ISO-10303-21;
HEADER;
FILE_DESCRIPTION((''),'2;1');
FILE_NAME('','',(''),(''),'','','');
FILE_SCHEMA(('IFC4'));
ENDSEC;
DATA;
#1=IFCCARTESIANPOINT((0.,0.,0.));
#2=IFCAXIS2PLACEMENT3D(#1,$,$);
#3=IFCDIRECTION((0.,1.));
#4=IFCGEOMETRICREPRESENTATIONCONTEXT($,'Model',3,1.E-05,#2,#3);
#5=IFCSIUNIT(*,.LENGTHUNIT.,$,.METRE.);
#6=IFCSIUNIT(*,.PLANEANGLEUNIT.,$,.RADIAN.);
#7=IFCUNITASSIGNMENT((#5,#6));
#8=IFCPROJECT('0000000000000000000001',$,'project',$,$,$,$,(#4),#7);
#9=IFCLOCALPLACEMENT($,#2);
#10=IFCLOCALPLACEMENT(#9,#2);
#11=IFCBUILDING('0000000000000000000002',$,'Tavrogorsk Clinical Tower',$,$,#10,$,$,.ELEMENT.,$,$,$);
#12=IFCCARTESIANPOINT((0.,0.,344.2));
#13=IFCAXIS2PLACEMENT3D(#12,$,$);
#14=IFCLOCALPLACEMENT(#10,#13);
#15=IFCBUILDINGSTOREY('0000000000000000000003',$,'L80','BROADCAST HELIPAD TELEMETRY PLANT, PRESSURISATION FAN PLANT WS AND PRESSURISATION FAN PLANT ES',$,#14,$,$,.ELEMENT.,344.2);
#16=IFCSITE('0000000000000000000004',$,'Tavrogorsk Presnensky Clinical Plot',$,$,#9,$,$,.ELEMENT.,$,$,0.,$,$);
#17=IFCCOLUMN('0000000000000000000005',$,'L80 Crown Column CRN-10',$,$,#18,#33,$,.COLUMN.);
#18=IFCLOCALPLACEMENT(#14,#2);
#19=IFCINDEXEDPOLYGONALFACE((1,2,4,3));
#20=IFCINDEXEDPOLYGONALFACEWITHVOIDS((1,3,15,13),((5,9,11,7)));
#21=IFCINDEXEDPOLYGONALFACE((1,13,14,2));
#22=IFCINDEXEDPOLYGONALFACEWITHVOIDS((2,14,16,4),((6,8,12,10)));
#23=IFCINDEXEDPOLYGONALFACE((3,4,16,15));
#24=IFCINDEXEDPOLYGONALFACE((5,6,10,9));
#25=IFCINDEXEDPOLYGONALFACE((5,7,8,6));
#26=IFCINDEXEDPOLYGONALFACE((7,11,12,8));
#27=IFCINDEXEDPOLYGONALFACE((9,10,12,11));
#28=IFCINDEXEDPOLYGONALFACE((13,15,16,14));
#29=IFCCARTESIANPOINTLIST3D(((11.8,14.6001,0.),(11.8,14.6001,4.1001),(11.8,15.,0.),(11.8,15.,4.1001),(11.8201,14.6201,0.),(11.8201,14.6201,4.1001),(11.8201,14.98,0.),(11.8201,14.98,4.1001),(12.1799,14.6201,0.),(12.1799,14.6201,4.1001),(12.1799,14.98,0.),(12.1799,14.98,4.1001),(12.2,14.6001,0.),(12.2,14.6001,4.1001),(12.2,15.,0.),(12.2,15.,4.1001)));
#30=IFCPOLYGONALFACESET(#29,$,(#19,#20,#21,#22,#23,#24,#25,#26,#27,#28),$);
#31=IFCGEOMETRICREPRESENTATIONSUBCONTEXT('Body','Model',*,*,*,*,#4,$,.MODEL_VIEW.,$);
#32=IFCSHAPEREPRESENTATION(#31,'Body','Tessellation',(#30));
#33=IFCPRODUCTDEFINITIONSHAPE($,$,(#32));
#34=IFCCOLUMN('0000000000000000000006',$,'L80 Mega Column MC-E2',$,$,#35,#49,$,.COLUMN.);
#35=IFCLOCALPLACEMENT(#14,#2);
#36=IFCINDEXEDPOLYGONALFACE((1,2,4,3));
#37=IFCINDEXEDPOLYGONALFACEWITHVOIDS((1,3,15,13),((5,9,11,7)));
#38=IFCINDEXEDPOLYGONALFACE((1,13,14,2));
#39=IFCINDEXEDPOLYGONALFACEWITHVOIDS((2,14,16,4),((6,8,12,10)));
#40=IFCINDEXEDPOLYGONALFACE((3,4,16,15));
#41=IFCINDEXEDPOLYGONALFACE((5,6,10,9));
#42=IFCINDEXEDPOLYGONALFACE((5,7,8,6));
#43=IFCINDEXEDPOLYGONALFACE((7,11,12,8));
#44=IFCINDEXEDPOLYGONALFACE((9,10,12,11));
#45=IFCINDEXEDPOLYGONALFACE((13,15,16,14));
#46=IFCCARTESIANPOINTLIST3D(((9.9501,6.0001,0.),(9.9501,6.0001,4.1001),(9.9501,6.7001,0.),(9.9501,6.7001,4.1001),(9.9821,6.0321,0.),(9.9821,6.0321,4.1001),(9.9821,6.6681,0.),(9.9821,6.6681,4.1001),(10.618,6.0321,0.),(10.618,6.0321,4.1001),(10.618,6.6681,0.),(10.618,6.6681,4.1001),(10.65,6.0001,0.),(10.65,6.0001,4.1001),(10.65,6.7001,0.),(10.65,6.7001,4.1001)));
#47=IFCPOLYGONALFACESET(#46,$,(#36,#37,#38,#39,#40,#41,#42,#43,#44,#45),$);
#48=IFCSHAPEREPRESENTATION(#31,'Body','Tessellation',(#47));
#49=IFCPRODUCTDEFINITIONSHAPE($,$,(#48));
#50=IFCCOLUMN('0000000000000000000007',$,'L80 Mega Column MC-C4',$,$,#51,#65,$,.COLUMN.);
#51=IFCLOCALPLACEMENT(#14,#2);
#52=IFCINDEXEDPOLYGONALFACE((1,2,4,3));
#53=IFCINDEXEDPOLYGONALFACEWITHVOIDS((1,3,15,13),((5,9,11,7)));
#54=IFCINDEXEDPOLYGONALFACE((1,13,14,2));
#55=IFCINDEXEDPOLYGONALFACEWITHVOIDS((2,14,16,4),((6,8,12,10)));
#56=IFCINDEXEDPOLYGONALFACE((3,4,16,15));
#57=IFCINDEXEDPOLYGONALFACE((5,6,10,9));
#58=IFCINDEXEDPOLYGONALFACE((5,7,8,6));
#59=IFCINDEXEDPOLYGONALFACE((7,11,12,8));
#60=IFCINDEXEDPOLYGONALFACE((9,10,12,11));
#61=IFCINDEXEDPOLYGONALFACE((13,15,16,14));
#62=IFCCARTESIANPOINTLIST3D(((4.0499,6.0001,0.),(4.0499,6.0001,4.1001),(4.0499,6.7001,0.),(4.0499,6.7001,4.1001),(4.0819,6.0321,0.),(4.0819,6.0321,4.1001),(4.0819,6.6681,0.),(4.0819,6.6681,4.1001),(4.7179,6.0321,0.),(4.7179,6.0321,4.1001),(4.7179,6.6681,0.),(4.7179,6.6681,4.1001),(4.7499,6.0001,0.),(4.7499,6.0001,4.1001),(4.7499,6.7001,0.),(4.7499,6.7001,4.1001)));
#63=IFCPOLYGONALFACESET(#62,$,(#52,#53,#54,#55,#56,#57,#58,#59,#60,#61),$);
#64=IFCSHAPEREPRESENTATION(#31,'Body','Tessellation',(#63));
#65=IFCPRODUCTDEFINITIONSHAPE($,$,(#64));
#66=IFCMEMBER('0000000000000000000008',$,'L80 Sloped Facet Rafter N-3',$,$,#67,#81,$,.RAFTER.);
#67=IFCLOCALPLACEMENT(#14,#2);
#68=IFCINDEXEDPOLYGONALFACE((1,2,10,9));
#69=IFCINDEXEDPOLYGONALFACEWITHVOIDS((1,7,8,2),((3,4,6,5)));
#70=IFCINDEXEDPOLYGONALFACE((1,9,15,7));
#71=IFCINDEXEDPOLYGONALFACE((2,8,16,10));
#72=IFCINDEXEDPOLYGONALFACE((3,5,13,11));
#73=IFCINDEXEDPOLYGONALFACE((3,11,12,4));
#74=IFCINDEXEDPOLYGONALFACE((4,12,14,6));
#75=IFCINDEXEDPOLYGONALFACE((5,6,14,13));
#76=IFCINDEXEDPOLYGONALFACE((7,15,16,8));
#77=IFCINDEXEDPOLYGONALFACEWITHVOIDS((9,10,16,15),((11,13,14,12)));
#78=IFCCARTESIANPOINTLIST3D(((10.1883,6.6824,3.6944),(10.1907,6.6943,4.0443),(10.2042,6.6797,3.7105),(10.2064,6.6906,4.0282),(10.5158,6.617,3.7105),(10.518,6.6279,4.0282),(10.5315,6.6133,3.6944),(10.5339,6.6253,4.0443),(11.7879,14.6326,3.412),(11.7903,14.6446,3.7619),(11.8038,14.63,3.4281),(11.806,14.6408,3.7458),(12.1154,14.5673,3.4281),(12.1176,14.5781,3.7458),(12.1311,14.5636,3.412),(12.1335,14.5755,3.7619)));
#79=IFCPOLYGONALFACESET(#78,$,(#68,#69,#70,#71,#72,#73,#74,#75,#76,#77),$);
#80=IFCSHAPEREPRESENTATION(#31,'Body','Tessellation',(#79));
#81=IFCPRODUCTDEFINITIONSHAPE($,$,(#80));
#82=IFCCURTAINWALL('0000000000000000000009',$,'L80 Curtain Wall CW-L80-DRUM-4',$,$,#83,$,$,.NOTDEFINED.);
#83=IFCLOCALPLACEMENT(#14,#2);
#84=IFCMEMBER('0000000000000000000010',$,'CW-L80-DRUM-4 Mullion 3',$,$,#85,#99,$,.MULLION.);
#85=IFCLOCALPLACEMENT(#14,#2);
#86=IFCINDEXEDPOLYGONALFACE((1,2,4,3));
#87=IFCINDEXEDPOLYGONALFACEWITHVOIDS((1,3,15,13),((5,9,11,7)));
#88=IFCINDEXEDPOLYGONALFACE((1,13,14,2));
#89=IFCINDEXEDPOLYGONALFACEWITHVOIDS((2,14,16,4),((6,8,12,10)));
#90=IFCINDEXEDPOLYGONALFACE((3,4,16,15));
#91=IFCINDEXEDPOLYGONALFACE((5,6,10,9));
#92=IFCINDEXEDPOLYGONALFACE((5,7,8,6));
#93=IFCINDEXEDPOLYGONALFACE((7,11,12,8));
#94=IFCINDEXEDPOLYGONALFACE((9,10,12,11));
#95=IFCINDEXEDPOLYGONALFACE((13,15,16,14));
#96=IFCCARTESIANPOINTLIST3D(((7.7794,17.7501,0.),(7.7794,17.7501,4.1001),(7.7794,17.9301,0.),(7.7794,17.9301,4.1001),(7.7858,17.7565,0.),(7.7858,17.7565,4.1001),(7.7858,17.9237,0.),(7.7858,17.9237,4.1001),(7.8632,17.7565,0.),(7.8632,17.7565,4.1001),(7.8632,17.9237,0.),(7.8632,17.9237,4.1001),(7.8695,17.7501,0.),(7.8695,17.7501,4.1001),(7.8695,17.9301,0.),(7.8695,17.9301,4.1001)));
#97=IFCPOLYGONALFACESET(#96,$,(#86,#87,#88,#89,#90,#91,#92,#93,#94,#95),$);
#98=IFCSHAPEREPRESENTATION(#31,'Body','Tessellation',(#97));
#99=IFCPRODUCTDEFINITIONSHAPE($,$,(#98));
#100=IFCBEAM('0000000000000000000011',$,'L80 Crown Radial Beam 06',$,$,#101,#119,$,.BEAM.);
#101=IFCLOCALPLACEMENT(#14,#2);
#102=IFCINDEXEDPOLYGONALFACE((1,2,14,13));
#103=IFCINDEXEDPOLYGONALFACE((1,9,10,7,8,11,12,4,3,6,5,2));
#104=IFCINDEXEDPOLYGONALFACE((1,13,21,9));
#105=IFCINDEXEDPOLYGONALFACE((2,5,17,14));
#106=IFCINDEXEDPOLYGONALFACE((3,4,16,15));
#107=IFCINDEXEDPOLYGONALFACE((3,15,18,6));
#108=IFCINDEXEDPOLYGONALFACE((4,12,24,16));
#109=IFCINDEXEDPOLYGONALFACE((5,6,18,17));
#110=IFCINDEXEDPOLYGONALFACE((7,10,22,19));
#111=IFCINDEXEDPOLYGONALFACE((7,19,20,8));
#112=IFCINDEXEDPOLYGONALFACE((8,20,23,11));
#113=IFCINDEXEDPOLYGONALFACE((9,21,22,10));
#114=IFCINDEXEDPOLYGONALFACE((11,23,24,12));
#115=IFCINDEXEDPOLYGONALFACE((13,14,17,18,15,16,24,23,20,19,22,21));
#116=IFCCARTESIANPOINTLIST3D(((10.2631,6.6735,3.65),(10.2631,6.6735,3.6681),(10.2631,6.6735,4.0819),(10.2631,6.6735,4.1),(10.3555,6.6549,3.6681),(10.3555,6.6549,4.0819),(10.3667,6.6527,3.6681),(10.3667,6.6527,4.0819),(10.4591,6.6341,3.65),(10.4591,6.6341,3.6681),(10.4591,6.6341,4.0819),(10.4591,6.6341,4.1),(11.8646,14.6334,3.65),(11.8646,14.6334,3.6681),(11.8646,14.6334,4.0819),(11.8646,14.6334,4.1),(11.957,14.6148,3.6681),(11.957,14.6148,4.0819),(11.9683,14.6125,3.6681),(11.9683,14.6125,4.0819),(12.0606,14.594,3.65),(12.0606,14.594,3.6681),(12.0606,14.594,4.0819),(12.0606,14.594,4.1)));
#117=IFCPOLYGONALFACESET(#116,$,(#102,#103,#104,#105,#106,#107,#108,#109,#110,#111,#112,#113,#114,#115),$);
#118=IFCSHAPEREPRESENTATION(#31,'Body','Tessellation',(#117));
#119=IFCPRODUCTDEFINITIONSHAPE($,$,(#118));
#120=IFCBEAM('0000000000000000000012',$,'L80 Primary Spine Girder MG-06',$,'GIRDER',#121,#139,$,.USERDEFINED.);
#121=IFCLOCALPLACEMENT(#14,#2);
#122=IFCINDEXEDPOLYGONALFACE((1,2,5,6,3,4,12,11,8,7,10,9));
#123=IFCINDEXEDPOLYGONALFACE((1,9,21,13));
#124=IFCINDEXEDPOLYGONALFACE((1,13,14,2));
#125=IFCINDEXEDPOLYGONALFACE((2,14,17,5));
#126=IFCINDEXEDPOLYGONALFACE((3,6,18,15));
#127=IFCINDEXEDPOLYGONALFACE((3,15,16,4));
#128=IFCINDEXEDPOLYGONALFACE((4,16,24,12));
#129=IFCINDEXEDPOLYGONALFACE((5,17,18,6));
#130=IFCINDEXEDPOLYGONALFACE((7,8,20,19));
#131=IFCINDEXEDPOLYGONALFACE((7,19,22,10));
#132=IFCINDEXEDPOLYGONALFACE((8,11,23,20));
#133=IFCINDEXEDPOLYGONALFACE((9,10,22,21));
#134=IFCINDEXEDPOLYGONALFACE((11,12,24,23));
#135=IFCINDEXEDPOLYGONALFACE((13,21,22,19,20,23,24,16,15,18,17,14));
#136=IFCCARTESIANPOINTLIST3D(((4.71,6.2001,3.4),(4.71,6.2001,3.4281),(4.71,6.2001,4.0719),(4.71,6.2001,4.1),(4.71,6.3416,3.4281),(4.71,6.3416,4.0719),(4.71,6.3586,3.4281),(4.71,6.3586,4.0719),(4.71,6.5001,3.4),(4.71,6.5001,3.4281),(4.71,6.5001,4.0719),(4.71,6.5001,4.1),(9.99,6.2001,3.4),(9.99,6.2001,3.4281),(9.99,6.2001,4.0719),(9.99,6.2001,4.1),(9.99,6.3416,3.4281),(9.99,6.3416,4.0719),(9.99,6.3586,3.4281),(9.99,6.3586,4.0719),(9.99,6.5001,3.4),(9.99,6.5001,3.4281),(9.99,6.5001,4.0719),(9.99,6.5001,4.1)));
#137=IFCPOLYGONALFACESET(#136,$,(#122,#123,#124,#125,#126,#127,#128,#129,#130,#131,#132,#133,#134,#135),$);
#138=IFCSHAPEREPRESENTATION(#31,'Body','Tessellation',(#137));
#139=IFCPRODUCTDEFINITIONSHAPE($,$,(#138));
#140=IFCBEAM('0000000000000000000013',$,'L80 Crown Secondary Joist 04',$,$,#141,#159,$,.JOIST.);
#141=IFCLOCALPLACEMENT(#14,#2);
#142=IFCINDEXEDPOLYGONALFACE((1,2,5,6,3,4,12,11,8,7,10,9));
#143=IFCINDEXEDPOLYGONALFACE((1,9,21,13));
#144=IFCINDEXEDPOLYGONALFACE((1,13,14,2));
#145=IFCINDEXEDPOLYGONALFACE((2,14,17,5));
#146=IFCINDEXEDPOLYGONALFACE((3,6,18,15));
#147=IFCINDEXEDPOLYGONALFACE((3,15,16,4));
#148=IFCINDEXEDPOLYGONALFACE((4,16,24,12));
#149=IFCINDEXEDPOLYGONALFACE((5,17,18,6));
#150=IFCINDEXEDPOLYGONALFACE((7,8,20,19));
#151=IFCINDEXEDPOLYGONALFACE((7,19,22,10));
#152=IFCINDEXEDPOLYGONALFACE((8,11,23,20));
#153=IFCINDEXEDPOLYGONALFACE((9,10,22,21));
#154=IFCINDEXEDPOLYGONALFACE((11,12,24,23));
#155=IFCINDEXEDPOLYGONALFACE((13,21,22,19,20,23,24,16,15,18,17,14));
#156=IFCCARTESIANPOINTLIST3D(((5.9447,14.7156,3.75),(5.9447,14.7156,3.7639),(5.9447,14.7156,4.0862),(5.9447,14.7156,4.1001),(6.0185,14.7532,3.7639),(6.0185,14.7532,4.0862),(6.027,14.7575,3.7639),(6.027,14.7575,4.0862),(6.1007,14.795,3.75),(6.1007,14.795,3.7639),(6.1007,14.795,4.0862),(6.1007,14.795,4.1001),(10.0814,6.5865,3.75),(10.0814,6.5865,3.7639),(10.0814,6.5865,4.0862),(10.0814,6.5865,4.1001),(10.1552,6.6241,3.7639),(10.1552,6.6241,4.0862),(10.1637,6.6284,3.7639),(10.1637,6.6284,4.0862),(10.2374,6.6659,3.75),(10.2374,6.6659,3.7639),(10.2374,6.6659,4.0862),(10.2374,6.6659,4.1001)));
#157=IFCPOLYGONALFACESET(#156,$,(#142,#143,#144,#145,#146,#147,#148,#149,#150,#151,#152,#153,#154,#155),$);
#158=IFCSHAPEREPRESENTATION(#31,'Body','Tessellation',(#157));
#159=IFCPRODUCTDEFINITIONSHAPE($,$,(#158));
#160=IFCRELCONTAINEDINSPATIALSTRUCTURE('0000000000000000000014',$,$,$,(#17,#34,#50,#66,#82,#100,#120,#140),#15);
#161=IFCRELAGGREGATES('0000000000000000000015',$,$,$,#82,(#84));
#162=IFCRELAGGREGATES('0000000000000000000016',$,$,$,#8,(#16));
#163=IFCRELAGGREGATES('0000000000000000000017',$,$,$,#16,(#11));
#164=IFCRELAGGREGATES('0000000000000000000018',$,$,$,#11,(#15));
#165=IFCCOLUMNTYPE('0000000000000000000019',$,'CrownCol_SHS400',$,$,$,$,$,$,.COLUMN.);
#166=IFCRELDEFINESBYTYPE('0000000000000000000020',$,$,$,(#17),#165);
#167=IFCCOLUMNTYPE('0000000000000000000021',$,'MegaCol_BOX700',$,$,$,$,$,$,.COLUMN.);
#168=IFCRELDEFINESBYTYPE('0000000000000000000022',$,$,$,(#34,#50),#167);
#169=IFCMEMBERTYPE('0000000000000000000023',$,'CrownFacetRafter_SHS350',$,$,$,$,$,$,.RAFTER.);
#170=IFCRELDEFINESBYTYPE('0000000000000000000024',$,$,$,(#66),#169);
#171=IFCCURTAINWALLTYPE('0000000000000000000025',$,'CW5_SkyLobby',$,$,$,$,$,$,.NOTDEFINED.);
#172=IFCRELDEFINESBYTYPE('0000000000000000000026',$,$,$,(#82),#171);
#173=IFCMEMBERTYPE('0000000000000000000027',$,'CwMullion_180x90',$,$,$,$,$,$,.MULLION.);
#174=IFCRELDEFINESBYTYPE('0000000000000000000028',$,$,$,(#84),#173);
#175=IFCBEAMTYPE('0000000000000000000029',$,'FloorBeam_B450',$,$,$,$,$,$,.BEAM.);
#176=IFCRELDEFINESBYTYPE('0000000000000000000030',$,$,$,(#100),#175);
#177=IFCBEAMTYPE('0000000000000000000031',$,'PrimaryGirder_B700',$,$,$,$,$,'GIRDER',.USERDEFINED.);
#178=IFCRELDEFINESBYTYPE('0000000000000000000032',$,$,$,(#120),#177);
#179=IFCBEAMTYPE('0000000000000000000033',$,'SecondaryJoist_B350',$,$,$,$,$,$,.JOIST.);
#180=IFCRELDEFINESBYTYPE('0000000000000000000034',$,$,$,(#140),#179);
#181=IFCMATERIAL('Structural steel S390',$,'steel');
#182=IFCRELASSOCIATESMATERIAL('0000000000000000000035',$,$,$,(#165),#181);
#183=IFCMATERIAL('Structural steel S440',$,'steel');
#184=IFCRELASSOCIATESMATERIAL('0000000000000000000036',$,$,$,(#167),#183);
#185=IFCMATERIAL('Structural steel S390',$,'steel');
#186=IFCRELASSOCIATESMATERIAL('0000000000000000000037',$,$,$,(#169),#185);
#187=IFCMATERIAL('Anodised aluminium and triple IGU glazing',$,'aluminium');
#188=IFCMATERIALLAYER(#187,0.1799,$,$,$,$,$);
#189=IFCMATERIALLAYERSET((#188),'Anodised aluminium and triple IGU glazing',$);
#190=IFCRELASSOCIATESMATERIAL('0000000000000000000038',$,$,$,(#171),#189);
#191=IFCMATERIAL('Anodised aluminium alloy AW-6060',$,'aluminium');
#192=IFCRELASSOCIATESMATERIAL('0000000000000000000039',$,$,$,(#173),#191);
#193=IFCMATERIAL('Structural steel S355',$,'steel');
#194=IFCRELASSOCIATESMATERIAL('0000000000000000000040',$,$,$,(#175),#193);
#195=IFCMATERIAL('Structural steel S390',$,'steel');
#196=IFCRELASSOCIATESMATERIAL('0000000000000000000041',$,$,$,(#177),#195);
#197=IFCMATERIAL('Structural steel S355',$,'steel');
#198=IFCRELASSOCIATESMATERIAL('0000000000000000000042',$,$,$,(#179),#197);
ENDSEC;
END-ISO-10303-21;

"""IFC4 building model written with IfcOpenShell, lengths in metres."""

from ifc_helpers import new_model, si_unit, direction, frame, origin, origin_2d, place, context, subcontext, project, spatial, hollow_rectangle, i_section, extrude, material, layer, layer_set, material_profile, profile_set, type_object, element, aggregate, save


model = new_model("IFC4")

# Units and contexts
model_context = context("Model", 3, precision=1e-05, world=origin(), true_north=direction((0.0, 1.0)))
body_context = subcontext(model_context, "Body", "Model", "MODEL_VIEW")
ifc_project = project(units=[si_unit("LENGTHUNIT", "METRE"), si_unit("PLANEANGLEUNIT", "RADIAN")], contexts=[model_context])

# Site, building, storey
site_placement = place(None, origin())
site = spatial("IfcSite", under=ifc_project, at=site_placement, Name="Tavrogorsk Presnensky Clinical Plot", CompositionType="ELEMENT", RefElevation=0.0)
building_placement = place(site_placement, origin())
building = spatial("IfcBuilding", under=site, at=building_placement, Name="Tavrogorsk Clinical Tower", CompositionType="ELEMENT")
storey_placement = place(building_placement, frame((0.0, 0.0, 344.2)))
storey = spatial("IfcBuildingStorey", under=building, at=storey_placement, Name="L80", Description="BROADCAST HELIPAD TELEMETRY PLANT, PRESSURISATION FAN PLANT WS AND PRESSURISATION FAN PLANT ES", CompositionType="ELEMENT", Elevation=344.2)

# Columns
ifc_material_1 = material(Name="Structural steel S390", Category="steel")
ifc_material_profile_1 = material_profile(ifc_material_1, hollow_rectangle(XDim=0.3999, YDim=0.3999, WallThickness=0.02, at=origin_2d()), Name="SHS-400x400x20")
ifc_profile_set_1 = profile_set([ifc_material_profile_1], Name="Structural steel S390")
column_type_1 = type_object("IfcColumnType", Name="CrownCol_SHS400", PredefinedType="COLUMN", material=ifc_profile_set_1)
column_placement = place(storey_placement, frame((12.0, 14.8, 0.0), z_axis=(0.0, 0.0, 1.0), x_axis=(1.0, 0.0, 0.0)))
element("IfcColumn", 1, at=column_placement, inside=storey, type_object=column_type_1, Name="L80 Crown Column CRN-10", PredefinedType="COLUMN", context=body_context, shape_type="SweptSolid", body=[
    extrude(hollow_rectangle(XDim=0.3999, YDim=0.3999, WallThickness=0.02, at=origin_2d()), origin(), (0.0, 0.0, 1.0), 4.1001),
])
ifc_material_2 = material(Name="Structural steel S440", Category="steel")
ifc_material_profile_2 = material_profile(ifc_material_2, hollow_rectangle(XDim=0.7, YDim=0.7, WallThickness=0.032, at=origin_2d()), Name="BOX-700x700x32")
ifc_profile_set_2 = profile_set([ifc_material_profile_2], Name="Structural steel S440")
column_type_2 = type_object("IfcColumnType", Name="MegaCol_BOX700", PredefinedType="COLUMN", material=ifc_profile_set_2)
for number, where, z_axis, x_axis, name in (
    (2, (10.3, 6.3501, 0.0), (0.0, 0.0, 1.0), (1.0, 0.0, 0.0), "L80 Mega Column MC-E2"),
    (3, (4.3999, 6.3501, 0.0), (0.0, 0.0, 1.0), (1.0, 0.0, 0.0), "L80 Mega Column MC-C4"),
):
    element("IfcColumn", number, at=place(storey_placement, frame(where, z_axis=z_axis, x_axis=x_axis)), inside=storey, type_object=column_type_2, Name=name, PredefinedType="COLUMN", context=body_context, shape_type="SweptSolid", body=[
        extrude(hollow_rectangle(XDim=0.7, YDim=0.7, WallThickness=0.032, at=origin_2d()), origin(), (0.0, 0.0, 1.0), 4.1001),
    ])

# Member
ifc_material_3 = material(Name="Structural steel S390", Category="steel")
ifc_material_profile_3 = material_profile(ifc_material_3, hollow_rectangle(XDim=0.3501, YDim=0.3501, WallThickness=0.0161, at=origin_2d()), Name="SHS-350x350x16")
ifc_profile_set_3 = profile_set([ifc_material_profile_3], Name="Structural steel S390")
member_type_1 = type_object("IfcMemberType", Name="CrownFacetRafter_SHS350", PredefinedType="RAFTER", material=ifc_profile_set_3)
member_1_placement = place(storey_placement, frame((10.3611, 6.6538, 3.8694), z_axis=(0.197131, 0.979759, -0.034811), x_axis=(-0.980353, 0.197251, 0.0)))
element("IfcMember", 4, at=member_1_placement, inside=storey, type_object=member_type_1, Name="L80 Sloped Facet Rafter N-3", PredefinedType="RAFTER", context=body_context, shape_type="SweptSolid", body=[
    extrude(hollow_rectangle(XDim=0.3501, YDim=0.3501, WallThickness=0.0161, at=origin_2d()), origin(), (0.0, 0.0, 1.0), 8.1145),
])

# Curtain wall, member
ifc_material_4 = material(Name="Anodised aluminium and triple IGU glazing", Category="aluminium")
ifc_layer_1 = layer(ifc_material_4, 0.1799)
ifc_layer_set_1 = layer_set([ifc_layer_1], Name="Anodised aluminium and triple IGU glazing")
curtain_wall_type = type_object("IfcCurtainWallType", Name="CW5_SkyLobby", PredefinedType="NOTDEFINED", material=ifc_layer_set_1)
curtain_wall_placement = place(storey_placement, origin())
curtain_wall = element("IfcCurtainWall", 5, at=curtain_wall_placement, inside=storey, type_object=curtain_wall_type, Name="L80 Curtain Wall CW-L80-DRUM-4", PredefinedType="NOTDEFINED")
ifc_material_5 = material(Name="Anodised aluminium alloy AW-6060", Category="aluminium")
ifc_material_profile_4 = material_profile(ifc_material_5, hollow_rectangle(XDim=0.0901, YDim=0.1799, WallThickness=0.0063, at=origin_2d()), Name="RHS-180x90x6.3")
ifc_profile_set_4 = profile_set([ifc_material_profile_4], Name="Anodised aluminium alloy AW-6060")
member_type_2 = type_object("IfcMemberType", Name="CwMullion_180x90", PredefinedType="MULLION", material=ifc_profile_set_4)
member_2_placement = place(storey_placement, frame((7.8245, 17.8401, 0.0), z_axis=(0.0, 0.0, 1.0), x_axis=(1.0, 0.0, 0.0)))
member_2 = element("IfcMember", 6, at=member_2_placement, type_object=member_type_2, Name="CW-L80-DRUM-4 Mullion 3", PredefinedType="MULLION", context=body_context, shape_type="SweptSolid", body=[
    extrude(hollow_rectangle(XDim=0.0901, YDim=0.1799, WallThickness=0.0063, at=origin_2d()), origin(), (0.0, 0.0, 1.0), 4.1001),
])

# Beams
ifc_material_6 = material(Name="Structural steel S355", Category="steel")
ifc_material_profile_5 = material_profile(ifc_material_6, i_section(OverallWidth=0.2, OverallDepth=0.45, WebThickness=0.0115, FlangeThickness=0.0181, at=origin_2d()), Name="B-450x200x11.5x18")
ifc_profile_set_5 = profile_set([ifc_material_profile_5], Name="Structural steel S355")
beam_type_1 = type_object("IfcBeamType", Name="FloorBeam_B450", PredefinedType="BEAM", material=ifc_profile_set_5)
beam_1_placement = place(storey_placement, frame((10.3611, 6.6538, 3.875), z_axis=(0.197249, 0.980353, 0.0), x_axis=(-0.980353, 0.197249, 0.0)))
element("IfcBeam", 7, at=beam_1_placement, inside=storey, type_object=beam_type_1, Name="L80 Crown Radial Beam 06", PredefinedType="BEAM", context=body_context, shape_type="SweptSolid", body=[
    extrude(i_section(OverallWidth=0.2, OverallDepth=0.45, WebThickness=0.0115, FlangeThickness=0.0181, at=origin_2d()), origin(), (0.0, 0.0, 1.0), 8.1194),
])
ifc_material_7 = material(Name="Structural steel S390", Category="steel")
ifc_material_profile_6 = material_profile(ifc_material_7, i_section(OverallWidth=0.3, OverallDepth=0.7, WebThickness=0.0171, FlangeThickness=0.0281, at=origin_2d()), Name="B-700x300x17x28")
ifc_profile_set_6 = profile_set([ifc_material_profile_6], Name="Structural steel S390")
beam_type_2 = type_object("IfcBeamType", Name="PrimaryGirder_B700", ElementType="GIRDER", PredefinedType="USERDEFINED", material=ifc_profile_set_6)
beam_2_placement = place(storey_placement, frame((4.71, 6.3501, 3.75), z_axis=(1.0, 0.0, 0.0), x_axis=(0.0, 1.0, 0.0)))
element("IfcBeam", 8, at=beam_2_placement, inside=storey, type_object=beam_type_2, Name="L80 Primary Spine Girder MG-06", ObjectType="GIRDER", PredefinedType="USERDEFINED", context=body_context, shape_type="SweptSolid", body=[
    extrude(i_section(OverallWidth=0.3, OverallDepth=0.7, WebThickness=0.0171, FlangeThickness=0.0281, at=origin_2d()), origin(), (0.0, 0.0, 1.0), 5.28),
])
ifc_material_8 = material(Name="Structural steel S355", Category="steel")
ifc_material_profile_7 = material_profile(ifc_material_8, i_section(OverallWidth=0.175, OverallDepth=0.3501, WebThickness=0.0095, FlangeThickness=0.0139, at=origin_2d()), Name="B-350x175x9.5x14")
ifc_profile_set_7 = profile_set([ifc_material_profile_7], Name="Structural steel S355")
beam_type_3 = type_object("IfcBeamType", Name="SecondaryJoist_B350", PredefinedType="JOIST", material=ifc_profile_set_7)
beam_3_placement = place(storey_placement, frame((10.1594, 6.6262, 3.925), z_axis=(-0.45353, 0.891241, 0.0), x_axis=(-0.891241, -0.45353, 0.0)))
element("IfcBeam", 9, at=beam_3_placement, inside=storey, type_object=beam_type_3, Name="L80 Crown Secondary Joist 04", PredefinedType="JOIST", context=body_context, shape_type="SweptSolid", body=[
    extrude(i_section(OverallWidth=0.175, OverallDepth=0.3501, WebThickness=0.0095, FlangeThickness=0.0139, at=origin_2d()), origin(), (0.0, 0.0, 1.0), 9.1211),
])

aggregate(curtain_wall, [member_2])

save(model, "model.ifc")
